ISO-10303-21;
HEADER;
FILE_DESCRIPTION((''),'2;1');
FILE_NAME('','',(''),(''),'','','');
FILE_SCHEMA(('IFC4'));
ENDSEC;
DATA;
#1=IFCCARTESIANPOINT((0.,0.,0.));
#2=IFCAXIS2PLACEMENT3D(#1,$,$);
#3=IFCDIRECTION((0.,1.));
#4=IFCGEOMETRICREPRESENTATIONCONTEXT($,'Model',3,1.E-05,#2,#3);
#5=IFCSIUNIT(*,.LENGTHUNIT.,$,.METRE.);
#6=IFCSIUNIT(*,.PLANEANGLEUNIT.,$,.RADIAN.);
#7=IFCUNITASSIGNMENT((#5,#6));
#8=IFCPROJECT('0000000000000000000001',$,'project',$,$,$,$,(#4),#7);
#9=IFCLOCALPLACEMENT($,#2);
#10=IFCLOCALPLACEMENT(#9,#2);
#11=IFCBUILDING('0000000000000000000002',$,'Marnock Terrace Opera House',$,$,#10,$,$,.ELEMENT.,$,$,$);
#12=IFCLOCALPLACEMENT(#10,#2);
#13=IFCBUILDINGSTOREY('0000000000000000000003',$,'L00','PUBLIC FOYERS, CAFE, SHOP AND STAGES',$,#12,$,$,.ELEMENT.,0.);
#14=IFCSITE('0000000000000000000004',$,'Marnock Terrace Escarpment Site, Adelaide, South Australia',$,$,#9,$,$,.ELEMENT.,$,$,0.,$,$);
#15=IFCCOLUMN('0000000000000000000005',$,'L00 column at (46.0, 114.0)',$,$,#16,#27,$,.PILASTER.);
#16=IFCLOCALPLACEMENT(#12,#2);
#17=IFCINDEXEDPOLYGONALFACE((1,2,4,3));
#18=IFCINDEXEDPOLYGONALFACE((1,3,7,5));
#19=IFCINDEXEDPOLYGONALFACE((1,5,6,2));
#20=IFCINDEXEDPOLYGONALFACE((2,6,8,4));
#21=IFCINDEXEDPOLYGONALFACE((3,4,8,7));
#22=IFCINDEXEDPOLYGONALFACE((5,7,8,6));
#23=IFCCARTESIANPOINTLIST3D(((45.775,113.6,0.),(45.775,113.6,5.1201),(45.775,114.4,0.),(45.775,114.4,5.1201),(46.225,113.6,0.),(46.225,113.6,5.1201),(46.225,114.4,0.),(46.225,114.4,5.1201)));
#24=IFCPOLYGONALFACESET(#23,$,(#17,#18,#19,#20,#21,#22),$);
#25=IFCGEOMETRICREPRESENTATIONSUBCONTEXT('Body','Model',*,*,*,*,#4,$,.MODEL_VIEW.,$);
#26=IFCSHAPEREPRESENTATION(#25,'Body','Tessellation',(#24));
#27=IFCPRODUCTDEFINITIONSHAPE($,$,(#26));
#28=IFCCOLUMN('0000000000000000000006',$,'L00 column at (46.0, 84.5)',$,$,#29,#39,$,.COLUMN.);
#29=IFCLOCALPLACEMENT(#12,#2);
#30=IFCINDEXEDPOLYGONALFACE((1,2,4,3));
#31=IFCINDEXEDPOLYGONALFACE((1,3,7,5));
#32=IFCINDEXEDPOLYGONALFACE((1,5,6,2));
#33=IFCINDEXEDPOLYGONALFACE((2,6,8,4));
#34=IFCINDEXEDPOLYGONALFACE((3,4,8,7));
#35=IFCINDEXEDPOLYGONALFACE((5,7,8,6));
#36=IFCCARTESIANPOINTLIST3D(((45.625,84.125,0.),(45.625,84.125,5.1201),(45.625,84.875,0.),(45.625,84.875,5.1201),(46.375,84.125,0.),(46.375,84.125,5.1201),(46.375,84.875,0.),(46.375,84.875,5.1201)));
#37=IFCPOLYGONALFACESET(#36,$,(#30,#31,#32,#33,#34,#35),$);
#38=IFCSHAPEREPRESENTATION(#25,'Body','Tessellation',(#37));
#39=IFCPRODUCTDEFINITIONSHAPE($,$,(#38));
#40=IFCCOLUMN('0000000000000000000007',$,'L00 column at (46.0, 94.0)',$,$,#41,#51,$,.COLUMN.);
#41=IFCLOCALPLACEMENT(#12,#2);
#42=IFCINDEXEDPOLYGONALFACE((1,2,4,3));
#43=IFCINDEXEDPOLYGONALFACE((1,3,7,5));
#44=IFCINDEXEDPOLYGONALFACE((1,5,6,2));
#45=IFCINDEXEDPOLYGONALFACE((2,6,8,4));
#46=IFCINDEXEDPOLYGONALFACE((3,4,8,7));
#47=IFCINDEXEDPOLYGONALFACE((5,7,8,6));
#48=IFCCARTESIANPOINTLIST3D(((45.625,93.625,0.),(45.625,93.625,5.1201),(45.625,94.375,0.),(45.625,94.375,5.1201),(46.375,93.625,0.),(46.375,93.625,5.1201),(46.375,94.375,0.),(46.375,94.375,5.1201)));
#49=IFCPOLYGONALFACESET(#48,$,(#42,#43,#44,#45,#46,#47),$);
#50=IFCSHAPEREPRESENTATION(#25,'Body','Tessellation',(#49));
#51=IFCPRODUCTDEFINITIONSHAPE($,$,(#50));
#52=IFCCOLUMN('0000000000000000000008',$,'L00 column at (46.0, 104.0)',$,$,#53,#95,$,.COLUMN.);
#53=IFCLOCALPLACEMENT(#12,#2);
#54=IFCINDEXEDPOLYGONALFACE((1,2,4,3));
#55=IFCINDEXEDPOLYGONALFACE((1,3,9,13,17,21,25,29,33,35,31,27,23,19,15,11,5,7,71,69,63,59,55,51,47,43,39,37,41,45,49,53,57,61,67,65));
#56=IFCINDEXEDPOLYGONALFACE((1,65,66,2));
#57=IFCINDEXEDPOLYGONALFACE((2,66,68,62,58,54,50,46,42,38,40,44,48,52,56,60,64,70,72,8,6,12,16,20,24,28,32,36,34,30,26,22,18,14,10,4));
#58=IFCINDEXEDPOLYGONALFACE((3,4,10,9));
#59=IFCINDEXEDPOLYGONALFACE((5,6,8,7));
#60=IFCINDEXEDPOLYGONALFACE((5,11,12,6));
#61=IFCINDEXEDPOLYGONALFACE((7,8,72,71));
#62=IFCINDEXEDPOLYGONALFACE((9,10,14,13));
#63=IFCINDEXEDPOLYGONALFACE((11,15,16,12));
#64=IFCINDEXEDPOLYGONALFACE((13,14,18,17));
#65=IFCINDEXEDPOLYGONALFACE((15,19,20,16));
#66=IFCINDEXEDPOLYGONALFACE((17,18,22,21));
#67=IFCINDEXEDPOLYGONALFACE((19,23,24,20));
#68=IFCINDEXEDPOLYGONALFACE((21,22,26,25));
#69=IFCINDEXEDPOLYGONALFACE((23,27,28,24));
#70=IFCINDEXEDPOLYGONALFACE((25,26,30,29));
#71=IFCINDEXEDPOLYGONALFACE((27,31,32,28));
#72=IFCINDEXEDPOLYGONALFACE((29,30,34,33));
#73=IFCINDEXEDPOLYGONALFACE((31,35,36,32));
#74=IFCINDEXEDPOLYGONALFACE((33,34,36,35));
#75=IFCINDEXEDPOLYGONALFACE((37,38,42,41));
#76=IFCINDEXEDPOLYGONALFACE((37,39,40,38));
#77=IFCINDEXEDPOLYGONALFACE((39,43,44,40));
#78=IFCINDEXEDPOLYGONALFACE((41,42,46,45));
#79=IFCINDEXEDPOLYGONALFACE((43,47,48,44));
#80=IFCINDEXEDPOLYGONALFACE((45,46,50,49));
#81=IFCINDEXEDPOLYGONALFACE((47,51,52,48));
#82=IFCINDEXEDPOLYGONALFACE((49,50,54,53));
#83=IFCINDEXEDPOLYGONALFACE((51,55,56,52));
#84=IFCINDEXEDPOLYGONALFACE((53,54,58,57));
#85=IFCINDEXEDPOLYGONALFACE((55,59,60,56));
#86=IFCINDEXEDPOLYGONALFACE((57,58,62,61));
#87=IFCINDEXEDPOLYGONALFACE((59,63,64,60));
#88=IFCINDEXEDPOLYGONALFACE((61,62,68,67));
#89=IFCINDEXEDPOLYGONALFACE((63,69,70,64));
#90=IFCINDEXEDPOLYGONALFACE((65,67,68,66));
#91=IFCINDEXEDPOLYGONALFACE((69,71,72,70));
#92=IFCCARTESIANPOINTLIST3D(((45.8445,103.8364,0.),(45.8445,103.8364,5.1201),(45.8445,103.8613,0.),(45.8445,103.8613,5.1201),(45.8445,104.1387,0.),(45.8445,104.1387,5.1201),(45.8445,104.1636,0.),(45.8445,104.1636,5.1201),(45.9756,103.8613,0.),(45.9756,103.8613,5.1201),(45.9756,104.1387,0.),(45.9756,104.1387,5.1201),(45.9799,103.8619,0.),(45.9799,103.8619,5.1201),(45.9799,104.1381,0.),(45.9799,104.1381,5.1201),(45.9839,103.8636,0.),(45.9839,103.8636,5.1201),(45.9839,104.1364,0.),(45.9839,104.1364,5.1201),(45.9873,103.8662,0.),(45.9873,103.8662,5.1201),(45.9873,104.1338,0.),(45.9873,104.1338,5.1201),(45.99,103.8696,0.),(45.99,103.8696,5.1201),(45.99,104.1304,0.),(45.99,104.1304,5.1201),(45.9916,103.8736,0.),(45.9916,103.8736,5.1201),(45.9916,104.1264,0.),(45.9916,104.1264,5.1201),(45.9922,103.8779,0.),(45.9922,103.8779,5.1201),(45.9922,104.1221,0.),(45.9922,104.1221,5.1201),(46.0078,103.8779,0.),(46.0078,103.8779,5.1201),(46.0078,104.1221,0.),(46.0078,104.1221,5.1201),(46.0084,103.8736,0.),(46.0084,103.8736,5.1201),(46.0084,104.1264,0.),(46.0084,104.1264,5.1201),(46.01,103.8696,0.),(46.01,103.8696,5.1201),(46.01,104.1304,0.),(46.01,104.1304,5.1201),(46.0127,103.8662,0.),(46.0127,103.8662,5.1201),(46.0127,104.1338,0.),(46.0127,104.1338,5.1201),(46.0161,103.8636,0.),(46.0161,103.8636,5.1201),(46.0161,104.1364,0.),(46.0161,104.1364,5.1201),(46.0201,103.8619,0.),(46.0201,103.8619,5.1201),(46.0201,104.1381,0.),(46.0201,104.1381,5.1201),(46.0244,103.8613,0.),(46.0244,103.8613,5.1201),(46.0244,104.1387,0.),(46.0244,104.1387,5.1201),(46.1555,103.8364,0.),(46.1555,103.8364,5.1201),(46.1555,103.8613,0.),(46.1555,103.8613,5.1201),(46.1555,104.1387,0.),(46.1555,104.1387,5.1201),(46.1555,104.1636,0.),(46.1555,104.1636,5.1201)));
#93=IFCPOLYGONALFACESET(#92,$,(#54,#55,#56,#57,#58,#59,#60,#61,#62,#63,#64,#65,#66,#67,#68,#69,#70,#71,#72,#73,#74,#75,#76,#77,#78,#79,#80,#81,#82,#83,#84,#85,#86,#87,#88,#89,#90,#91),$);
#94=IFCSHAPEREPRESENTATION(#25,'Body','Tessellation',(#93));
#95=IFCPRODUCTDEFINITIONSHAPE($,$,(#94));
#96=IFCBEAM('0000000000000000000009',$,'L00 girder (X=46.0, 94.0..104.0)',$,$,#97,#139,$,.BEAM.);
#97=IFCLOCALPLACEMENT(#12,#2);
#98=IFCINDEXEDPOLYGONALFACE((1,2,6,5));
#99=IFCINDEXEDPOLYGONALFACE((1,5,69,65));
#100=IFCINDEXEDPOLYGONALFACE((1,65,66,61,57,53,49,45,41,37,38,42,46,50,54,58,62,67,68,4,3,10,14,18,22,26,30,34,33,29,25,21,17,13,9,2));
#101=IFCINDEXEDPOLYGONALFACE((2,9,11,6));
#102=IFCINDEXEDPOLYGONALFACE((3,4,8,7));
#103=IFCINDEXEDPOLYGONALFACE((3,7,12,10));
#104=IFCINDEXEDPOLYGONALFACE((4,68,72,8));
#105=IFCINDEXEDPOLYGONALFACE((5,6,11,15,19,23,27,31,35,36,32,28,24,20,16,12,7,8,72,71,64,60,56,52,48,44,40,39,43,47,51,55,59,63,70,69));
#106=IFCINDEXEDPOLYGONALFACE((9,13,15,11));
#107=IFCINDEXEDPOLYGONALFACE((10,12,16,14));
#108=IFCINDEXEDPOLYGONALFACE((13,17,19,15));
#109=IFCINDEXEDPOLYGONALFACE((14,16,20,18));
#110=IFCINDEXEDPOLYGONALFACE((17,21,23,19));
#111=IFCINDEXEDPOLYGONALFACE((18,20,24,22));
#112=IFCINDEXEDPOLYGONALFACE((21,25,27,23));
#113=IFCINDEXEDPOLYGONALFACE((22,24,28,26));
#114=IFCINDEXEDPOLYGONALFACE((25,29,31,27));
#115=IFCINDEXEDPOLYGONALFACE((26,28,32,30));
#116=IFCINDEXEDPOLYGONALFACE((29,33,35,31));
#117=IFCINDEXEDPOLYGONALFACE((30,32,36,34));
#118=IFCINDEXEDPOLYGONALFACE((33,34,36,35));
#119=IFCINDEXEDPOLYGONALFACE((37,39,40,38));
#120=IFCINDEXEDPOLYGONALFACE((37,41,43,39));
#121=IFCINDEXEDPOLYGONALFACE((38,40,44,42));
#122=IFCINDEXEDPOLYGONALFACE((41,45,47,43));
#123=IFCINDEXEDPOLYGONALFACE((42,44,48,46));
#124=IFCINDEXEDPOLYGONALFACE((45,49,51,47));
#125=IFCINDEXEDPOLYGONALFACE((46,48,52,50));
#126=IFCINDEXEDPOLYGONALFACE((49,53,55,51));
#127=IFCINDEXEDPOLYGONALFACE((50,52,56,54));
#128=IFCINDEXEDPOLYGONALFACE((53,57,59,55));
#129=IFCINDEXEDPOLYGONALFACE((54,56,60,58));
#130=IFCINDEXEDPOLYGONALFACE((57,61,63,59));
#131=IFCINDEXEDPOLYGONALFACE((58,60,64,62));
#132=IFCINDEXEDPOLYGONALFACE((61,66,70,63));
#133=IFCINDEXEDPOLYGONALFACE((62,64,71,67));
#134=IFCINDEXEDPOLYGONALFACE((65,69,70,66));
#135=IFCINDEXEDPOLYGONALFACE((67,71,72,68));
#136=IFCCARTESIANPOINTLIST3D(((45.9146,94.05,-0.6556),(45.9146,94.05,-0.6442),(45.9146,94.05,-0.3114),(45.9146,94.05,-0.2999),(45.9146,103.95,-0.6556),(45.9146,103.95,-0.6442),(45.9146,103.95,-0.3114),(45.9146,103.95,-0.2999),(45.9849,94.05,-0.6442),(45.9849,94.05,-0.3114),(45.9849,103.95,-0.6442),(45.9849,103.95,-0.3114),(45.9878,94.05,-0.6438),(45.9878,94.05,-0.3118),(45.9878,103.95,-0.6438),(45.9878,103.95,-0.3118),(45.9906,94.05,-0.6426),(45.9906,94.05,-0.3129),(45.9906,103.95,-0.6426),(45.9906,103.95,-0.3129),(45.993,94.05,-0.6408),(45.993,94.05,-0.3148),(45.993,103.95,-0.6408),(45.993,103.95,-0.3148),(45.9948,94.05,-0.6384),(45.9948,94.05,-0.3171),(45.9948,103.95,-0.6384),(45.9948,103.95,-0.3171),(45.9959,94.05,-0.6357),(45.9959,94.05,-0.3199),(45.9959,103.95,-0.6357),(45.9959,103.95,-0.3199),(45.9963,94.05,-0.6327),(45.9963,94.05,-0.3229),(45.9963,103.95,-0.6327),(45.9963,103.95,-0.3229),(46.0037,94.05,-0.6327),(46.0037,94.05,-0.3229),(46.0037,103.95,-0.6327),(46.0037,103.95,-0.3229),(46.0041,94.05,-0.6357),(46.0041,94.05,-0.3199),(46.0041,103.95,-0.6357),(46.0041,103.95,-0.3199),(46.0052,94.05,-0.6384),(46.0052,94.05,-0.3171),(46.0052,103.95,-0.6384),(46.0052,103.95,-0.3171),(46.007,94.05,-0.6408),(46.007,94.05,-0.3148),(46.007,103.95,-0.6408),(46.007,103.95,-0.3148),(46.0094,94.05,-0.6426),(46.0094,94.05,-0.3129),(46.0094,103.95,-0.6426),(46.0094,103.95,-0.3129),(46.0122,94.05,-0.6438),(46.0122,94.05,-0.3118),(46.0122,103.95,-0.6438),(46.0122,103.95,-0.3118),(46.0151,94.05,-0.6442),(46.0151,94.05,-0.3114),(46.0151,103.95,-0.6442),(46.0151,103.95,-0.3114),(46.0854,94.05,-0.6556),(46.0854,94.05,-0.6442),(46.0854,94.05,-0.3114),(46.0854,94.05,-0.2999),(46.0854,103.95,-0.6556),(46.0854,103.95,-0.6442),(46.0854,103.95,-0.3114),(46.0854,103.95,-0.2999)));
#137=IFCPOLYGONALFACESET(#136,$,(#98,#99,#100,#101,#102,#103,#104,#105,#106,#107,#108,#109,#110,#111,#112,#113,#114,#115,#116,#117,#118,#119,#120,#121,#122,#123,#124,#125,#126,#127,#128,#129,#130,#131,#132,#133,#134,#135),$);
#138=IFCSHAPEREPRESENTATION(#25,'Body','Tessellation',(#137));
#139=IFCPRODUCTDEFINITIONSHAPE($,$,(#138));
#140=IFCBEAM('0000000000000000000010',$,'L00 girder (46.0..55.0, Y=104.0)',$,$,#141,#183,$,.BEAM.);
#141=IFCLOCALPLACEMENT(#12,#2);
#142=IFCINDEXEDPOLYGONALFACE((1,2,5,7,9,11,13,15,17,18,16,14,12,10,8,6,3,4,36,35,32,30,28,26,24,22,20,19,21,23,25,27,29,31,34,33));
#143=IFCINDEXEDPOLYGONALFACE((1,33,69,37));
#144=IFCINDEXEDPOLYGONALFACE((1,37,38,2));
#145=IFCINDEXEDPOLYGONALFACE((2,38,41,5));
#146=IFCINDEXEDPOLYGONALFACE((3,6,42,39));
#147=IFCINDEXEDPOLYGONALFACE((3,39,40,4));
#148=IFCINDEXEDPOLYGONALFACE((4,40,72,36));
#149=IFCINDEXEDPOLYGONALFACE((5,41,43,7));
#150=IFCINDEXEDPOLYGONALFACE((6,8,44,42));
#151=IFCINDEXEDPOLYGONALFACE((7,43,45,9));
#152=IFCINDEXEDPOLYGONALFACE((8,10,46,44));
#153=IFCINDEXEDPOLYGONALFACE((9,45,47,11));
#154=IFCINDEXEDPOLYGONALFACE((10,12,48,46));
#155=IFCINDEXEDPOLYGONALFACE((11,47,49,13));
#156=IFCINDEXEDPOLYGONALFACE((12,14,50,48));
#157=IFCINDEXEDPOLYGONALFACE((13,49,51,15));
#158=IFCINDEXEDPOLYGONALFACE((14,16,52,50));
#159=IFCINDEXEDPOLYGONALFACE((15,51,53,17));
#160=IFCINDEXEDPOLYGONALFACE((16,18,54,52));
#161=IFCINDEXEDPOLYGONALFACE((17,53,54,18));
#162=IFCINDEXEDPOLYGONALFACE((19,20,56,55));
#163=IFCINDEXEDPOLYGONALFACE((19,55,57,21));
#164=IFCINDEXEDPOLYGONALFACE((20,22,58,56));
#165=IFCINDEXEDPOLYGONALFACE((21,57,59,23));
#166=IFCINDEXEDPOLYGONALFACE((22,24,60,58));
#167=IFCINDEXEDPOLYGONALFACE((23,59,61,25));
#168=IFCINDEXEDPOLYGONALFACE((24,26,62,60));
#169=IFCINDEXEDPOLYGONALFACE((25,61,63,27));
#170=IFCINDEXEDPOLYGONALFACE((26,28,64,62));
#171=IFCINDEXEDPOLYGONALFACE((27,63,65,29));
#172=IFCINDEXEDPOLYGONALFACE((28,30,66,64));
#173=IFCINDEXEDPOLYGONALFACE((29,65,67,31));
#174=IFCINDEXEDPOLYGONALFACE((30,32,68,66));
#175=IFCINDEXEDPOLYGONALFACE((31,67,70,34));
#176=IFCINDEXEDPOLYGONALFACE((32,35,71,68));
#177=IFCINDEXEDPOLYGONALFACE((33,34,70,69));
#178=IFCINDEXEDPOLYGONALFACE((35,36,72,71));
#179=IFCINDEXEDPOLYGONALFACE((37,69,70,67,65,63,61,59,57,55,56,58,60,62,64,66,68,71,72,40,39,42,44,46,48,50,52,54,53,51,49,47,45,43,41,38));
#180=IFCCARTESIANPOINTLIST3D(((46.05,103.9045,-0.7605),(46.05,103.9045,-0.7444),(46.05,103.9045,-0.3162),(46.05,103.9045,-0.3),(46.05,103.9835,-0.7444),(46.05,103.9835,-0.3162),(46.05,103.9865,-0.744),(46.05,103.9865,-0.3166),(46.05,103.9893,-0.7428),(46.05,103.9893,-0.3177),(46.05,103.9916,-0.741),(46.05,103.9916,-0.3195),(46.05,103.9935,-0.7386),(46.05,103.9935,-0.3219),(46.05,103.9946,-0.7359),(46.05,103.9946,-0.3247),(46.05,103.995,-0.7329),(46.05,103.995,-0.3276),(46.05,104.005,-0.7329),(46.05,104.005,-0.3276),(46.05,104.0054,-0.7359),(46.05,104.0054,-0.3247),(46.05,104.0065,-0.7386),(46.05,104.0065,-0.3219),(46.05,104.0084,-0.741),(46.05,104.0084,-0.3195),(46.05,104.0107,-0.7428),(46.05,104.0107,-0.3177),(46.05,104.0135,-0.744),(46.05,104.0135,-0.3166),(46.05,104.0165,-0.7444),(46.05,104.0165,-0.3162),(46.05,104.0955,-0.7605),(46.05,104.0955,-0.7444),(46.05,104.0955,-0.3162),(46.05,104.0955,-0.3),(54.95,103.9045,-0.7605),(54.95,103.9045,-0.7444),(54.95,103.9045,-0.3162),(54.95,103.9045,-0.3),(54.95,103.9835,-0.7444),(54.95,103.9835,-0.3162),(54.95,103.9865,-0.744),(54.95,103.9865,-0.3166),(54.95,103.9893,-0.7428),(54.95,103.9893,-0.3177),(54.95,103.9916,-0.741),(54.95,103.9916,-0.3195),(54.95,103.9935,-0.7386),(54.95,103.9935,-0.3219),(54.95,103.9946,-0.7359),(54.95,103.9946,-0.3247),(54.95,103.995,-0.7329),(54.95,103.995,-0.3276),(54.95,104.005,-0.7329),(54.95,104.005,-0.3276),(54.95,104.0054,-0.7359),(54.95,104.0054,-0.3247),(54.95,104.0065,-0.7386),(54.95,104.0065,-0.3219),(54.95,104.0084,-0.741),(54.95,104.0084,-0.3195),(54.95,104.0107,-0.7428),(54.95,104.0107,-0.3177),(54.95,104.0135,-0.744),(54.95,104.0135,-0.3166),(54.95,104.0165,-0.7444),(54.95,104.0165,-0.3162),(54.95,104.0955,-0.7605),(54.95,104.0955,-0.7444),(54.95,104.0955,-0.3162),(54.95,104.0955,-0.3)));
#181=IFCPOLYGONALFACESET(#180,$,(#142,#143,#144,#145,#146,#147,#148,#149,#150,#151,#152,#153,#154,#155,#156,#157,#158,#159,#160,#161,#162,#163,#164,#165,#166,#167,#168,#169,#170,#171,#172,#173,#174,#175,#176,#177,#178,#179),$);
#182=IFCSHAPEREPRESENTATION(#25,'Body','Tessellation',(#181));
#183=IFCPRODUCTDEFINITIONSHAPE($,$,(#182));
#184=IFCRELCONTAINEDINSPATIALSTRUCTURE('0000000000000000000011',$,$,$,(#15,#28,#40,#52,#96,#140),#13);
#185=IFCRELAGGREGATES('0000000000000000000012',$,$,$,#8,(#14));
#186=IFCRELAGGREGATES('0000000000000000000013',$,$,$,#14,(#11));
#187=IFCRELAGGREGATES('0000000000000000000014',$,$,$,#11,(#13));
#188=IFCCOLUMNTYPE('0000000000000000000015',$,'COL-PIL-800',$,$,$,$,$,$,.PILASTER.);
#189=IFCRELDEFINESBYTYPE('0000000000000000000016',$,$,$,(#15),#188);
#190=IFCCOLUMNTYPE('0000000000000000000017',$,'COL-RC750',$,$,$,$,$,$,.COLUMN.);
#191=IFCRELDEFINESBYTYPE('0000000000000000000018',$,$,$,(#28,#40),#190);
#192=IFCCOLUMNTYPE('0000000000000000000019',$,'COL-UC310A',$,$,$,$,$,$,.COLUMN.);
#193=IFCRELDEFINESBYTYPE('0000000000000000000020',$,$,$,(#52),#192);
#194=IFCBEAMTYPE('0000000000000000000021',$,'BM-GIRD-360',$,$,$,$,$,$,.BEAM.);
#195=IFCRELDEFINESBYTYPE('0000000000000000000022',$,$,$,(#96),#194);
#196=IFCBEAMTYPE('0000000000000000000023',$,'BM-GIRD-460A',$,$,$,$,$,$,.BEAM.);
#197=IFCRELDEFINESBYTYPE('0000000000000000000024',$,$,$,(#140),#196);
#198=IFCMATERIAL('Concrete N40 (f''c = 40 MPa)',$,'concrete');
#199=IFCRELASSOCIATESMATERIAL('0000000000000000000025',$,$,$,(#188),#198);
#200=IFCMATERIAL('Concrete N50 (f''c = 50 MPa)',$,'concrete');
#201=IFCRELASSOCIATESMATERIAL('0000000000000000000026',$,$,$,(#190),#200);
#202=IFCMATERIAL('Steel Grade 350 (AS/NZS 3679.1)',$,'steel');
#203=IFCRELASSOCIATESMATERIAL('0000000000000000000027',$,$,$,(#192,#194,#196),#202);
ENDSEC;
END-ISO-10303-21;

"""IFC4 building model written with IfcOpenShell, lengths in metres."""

from ifc_helpers import new_model, si_unit, direction, frame, origin, origin_2d, place, context, subcontext, project, spatial, rectangle, i_section, extrude, material, material_profile, profile_set, type_object, element, save


model = new_model("IFC4")

# Units and contexts
model_context = context("Model", 3, precision=1e-05, world=origin(), true_north=direction((0.0, 1.0)))
body_context = subcontext(model_context, "Body", "Model", "MODEL_VIEW")
ifc_project = project(units=[si_unit("LENGTHUNIT", "METRE"), si_unit("PLANEANGLEUNIT", "RADIAN")], contexts=[model_context])

# Site, building, storey
site_placement = place(None, origin())
site = spatial("IfcSite", under=ifc_project, at=site_placement, Name="Marnock Terrace Escarpment Site, Adelaide, South Australia", CompositionType="ELEMENT", RefElevation=0.0)
building_placement = place(site_placement, origin())
building = spatial("IfcBuilding", under=site, at=building_placement, Name="Marnock Terrace Opera House", CompositionType="ELEMENT")
storey_placement = place(building_placement, origin())
storey = spatial("IfcBuildingStorey", under=building, at=storey_placement, Name="L00", Description="PUBLIC FOYERS, CAFE, SHOP AND STAGES", CompositionType="ELEMENT", Elevation=0.0)

# Columns
ifc_material_1 = material(Name="Concrete N40 (f'c = 40 MPa)", Category="concrete")
ifc_material_profile_1 = material_profile(ifc_material_1, rectangle(XDim=0.45, YDim=0.8, at=origin_2d()))
ifc_profile_set_1 = profile_set([ifc_material_profile_1], Name="Concrete N40 (f'c = 40 MPa)")
column_type_1 = type_object("IfcColumnType", Name="COL-PIL-800", PredefinedType="PILASTER", material=ifc_profile_set_1)
column_1_placement = place(storey_placement, frame((46.0, 114.0, 0.0), z_axis=(0.0, 0.0, 1.0), x_axis=(1.0, 0.0, 0.0)))
element("IfcColumn", 1, at=column_1_placement, inside=storey, type_object=column_type_1, Name="L00 column at (46.0, 114.0)", PredefinedType="PILASTER", context=body_context, shape_type="SweptSolid", body=[
    extrude(rectangle(XDim=0.45, YDim=0.8, at=origin_2d()), origin(), (0.0, 0.0, 1.0), 5.1201),
])
ifc_material_2 = material(Name="Concrete N50 (f'c = 50 MPa)", Category="concrete")
ifc_material_profile_2 = material_profile(ifc_material_2, rectangle(XDim=0.75, YDim=0.75, at=origin_2d()))
ifc_profile_set_2 = profile_set([ifc_material_profile_2], Name="Concrete N50 (f'c = 50 MPa)")
column_type_2 = type_object("IfcColumnType", Name="COL-RC750", PredefinedType="COLUMN", material=ifc_profile_set_2)
for number, where, z_axis, x_axis, name in (
    (2, (46.0, 84.5, 0.0), (0.0, 0.0, 1.0), (1.0, 0.0, 0.0), "L00 column at (46.0, 84.5)"),
    (3, (46.0, 94.0, 0.0), (0.0, 0.0, 1.0), (1.0, 0.0, 0.0), "L00 column at (46.0, 94.0)"),
):
    element("IfcColumn", number, at=place(storey_placement, frame(where, z_axis=z_axis, x_axis=x_axis)), inside=storey, type_object=column_type_2, Name=name, PredefinedType="COLUMN", context=body_context, shape_type="SweptSolid", body=[
        extrude(rectangle(XDim=0.75, YDim=0.75, at=origin_2d()), origin(), (0.0, 0.0, 1.0), 5.1201),
    ])
ifc_material_3 = material(Name="Steel Grade 350 (AS/NZS 3679.1)", Category="steel")
ifc_material_profile_3 = material_profile(ifc_material_3, i_section(OverallWidth=0.311, OverallDepth=0.3271, WebThickness=0.0156, FlangeThickness=0.0249, FilletRadius=0.0166, at=origin_2d()))
ifc_profile_set_3 = profile_set([ifc_material_profile_3], Name="Steel Grade 350 (AS/NZS 3679.1)")
column_type_3 = type_object("IfcColumnType", Name="COL-UC310A", PredefinedType="COLUMN", material=ifc_profile_set_3)
column_2_placement = place(storey_placement, frame((46.0, 104.0, 0.0), z_axis=(0.0, 0.0, 1.0), x_axis=(1.0, 0.0, 0.0)))
element("IfcColumn", 4, at=column_2_placement, inside=storey, type_object=column_type_3, Name="L00 column at (46.0, 104.0)", PredefinedType="COLUMN", context=body_context, shape_type="SweptSolid", body=[
    extrude(i_section(OverallWidth=0.311, OverallDepth=0.3271, WebThickness=0.0156, FlangeThickness=0.0249, FilletRadius=0.0166, at=origin_2d()), origin(), (0.0, 0.0, 1.0), 5.1201),
])

# Beams
ifc_material_profile_4 = material_profile(ifc_material_3, i_section(OverallWidth=0.1709, OverallDepth=0.3557, WebThickness=0.0073, FlangeThickness=0.0115, FilletRadius=0.0115, at=origin_2d()))
ifc_profile_set_4 = profile_set([ifc_material_profile_4], Name="Steel Grade 350 (AS/NZS 3679.1)")
beam_type_1 = type_object("IfcBeamType", Name="BM-GIRD-360", PredefinedType="BEAM", material=ifc_profile_set_4)
beam_1_placement = place(storey_placement, frame((46.0, 94.05, -0.4778), z_axis=(0.0, 1.0, 0.0), x_axis=(-1.0, 0.0, 0.0)))
element("IfcBeam", 5, at=beam_1_placement, inside=storey, type_object=beam_type_1, Name="L00 girder (X=46.0, 94.0..104.0)", PredefinedType="BEAM", context=body_context, shape_type="SweptSolid", body=[
    extrude(i_section(OverallWidth=0.1709, OverallDepth=0.3557, WebThickness=0.0073, FlangeThickness=0.0115, FilletRadius=0.0115, at=origin_2d()), origin(), (0.0, 0.0, 1.0), 9.8999),
])
ifc_material_profile_5 = material_profile(ifc_material_3, i_section(OverallWidth=0.1909, OverallDepth=0.4604, WebThickness=0.01, FlangeThickness=0.0161, FilletRadius=0.0115, at=origin_2d()))
ifc_profile_set_5 = profile_set([ifc_material_profile_5], Name="Steel Grade 350 (AS/NZS 3679.1)")
beam_type_2 = type_object("IfcBeamType", Name="BM-GIRD-460A", PredefinedType="BEAM", material=ifc_profile_set_5)
beam_2_placement = place(storey_placement, frame((46.05, 104.0, -0.5303), z_axis=(1.0, 0.0, 0.0), x_axis=(0.0, 1.0, 0.0)))
element("IfcBeam", 6, at=beam_2_placement, inside=storey, type_object=beam_type_2, Name="L00 girder (46.0..55.0, Y=104.0)", PredefinedType="BEAM", context=body_context, shape_type="SweptSolid", body=[
    extrude(i_section(OverallWidth=0.1909, OverallDepth=0.4604, WebThickness=0.01, FlangeThickness=0.0161, FilletRadius=0.0115, at=origin_2d()), origin(), (0.0, 0.0, 1.0), 8.8999),
])

save(model, "model.ifc")
